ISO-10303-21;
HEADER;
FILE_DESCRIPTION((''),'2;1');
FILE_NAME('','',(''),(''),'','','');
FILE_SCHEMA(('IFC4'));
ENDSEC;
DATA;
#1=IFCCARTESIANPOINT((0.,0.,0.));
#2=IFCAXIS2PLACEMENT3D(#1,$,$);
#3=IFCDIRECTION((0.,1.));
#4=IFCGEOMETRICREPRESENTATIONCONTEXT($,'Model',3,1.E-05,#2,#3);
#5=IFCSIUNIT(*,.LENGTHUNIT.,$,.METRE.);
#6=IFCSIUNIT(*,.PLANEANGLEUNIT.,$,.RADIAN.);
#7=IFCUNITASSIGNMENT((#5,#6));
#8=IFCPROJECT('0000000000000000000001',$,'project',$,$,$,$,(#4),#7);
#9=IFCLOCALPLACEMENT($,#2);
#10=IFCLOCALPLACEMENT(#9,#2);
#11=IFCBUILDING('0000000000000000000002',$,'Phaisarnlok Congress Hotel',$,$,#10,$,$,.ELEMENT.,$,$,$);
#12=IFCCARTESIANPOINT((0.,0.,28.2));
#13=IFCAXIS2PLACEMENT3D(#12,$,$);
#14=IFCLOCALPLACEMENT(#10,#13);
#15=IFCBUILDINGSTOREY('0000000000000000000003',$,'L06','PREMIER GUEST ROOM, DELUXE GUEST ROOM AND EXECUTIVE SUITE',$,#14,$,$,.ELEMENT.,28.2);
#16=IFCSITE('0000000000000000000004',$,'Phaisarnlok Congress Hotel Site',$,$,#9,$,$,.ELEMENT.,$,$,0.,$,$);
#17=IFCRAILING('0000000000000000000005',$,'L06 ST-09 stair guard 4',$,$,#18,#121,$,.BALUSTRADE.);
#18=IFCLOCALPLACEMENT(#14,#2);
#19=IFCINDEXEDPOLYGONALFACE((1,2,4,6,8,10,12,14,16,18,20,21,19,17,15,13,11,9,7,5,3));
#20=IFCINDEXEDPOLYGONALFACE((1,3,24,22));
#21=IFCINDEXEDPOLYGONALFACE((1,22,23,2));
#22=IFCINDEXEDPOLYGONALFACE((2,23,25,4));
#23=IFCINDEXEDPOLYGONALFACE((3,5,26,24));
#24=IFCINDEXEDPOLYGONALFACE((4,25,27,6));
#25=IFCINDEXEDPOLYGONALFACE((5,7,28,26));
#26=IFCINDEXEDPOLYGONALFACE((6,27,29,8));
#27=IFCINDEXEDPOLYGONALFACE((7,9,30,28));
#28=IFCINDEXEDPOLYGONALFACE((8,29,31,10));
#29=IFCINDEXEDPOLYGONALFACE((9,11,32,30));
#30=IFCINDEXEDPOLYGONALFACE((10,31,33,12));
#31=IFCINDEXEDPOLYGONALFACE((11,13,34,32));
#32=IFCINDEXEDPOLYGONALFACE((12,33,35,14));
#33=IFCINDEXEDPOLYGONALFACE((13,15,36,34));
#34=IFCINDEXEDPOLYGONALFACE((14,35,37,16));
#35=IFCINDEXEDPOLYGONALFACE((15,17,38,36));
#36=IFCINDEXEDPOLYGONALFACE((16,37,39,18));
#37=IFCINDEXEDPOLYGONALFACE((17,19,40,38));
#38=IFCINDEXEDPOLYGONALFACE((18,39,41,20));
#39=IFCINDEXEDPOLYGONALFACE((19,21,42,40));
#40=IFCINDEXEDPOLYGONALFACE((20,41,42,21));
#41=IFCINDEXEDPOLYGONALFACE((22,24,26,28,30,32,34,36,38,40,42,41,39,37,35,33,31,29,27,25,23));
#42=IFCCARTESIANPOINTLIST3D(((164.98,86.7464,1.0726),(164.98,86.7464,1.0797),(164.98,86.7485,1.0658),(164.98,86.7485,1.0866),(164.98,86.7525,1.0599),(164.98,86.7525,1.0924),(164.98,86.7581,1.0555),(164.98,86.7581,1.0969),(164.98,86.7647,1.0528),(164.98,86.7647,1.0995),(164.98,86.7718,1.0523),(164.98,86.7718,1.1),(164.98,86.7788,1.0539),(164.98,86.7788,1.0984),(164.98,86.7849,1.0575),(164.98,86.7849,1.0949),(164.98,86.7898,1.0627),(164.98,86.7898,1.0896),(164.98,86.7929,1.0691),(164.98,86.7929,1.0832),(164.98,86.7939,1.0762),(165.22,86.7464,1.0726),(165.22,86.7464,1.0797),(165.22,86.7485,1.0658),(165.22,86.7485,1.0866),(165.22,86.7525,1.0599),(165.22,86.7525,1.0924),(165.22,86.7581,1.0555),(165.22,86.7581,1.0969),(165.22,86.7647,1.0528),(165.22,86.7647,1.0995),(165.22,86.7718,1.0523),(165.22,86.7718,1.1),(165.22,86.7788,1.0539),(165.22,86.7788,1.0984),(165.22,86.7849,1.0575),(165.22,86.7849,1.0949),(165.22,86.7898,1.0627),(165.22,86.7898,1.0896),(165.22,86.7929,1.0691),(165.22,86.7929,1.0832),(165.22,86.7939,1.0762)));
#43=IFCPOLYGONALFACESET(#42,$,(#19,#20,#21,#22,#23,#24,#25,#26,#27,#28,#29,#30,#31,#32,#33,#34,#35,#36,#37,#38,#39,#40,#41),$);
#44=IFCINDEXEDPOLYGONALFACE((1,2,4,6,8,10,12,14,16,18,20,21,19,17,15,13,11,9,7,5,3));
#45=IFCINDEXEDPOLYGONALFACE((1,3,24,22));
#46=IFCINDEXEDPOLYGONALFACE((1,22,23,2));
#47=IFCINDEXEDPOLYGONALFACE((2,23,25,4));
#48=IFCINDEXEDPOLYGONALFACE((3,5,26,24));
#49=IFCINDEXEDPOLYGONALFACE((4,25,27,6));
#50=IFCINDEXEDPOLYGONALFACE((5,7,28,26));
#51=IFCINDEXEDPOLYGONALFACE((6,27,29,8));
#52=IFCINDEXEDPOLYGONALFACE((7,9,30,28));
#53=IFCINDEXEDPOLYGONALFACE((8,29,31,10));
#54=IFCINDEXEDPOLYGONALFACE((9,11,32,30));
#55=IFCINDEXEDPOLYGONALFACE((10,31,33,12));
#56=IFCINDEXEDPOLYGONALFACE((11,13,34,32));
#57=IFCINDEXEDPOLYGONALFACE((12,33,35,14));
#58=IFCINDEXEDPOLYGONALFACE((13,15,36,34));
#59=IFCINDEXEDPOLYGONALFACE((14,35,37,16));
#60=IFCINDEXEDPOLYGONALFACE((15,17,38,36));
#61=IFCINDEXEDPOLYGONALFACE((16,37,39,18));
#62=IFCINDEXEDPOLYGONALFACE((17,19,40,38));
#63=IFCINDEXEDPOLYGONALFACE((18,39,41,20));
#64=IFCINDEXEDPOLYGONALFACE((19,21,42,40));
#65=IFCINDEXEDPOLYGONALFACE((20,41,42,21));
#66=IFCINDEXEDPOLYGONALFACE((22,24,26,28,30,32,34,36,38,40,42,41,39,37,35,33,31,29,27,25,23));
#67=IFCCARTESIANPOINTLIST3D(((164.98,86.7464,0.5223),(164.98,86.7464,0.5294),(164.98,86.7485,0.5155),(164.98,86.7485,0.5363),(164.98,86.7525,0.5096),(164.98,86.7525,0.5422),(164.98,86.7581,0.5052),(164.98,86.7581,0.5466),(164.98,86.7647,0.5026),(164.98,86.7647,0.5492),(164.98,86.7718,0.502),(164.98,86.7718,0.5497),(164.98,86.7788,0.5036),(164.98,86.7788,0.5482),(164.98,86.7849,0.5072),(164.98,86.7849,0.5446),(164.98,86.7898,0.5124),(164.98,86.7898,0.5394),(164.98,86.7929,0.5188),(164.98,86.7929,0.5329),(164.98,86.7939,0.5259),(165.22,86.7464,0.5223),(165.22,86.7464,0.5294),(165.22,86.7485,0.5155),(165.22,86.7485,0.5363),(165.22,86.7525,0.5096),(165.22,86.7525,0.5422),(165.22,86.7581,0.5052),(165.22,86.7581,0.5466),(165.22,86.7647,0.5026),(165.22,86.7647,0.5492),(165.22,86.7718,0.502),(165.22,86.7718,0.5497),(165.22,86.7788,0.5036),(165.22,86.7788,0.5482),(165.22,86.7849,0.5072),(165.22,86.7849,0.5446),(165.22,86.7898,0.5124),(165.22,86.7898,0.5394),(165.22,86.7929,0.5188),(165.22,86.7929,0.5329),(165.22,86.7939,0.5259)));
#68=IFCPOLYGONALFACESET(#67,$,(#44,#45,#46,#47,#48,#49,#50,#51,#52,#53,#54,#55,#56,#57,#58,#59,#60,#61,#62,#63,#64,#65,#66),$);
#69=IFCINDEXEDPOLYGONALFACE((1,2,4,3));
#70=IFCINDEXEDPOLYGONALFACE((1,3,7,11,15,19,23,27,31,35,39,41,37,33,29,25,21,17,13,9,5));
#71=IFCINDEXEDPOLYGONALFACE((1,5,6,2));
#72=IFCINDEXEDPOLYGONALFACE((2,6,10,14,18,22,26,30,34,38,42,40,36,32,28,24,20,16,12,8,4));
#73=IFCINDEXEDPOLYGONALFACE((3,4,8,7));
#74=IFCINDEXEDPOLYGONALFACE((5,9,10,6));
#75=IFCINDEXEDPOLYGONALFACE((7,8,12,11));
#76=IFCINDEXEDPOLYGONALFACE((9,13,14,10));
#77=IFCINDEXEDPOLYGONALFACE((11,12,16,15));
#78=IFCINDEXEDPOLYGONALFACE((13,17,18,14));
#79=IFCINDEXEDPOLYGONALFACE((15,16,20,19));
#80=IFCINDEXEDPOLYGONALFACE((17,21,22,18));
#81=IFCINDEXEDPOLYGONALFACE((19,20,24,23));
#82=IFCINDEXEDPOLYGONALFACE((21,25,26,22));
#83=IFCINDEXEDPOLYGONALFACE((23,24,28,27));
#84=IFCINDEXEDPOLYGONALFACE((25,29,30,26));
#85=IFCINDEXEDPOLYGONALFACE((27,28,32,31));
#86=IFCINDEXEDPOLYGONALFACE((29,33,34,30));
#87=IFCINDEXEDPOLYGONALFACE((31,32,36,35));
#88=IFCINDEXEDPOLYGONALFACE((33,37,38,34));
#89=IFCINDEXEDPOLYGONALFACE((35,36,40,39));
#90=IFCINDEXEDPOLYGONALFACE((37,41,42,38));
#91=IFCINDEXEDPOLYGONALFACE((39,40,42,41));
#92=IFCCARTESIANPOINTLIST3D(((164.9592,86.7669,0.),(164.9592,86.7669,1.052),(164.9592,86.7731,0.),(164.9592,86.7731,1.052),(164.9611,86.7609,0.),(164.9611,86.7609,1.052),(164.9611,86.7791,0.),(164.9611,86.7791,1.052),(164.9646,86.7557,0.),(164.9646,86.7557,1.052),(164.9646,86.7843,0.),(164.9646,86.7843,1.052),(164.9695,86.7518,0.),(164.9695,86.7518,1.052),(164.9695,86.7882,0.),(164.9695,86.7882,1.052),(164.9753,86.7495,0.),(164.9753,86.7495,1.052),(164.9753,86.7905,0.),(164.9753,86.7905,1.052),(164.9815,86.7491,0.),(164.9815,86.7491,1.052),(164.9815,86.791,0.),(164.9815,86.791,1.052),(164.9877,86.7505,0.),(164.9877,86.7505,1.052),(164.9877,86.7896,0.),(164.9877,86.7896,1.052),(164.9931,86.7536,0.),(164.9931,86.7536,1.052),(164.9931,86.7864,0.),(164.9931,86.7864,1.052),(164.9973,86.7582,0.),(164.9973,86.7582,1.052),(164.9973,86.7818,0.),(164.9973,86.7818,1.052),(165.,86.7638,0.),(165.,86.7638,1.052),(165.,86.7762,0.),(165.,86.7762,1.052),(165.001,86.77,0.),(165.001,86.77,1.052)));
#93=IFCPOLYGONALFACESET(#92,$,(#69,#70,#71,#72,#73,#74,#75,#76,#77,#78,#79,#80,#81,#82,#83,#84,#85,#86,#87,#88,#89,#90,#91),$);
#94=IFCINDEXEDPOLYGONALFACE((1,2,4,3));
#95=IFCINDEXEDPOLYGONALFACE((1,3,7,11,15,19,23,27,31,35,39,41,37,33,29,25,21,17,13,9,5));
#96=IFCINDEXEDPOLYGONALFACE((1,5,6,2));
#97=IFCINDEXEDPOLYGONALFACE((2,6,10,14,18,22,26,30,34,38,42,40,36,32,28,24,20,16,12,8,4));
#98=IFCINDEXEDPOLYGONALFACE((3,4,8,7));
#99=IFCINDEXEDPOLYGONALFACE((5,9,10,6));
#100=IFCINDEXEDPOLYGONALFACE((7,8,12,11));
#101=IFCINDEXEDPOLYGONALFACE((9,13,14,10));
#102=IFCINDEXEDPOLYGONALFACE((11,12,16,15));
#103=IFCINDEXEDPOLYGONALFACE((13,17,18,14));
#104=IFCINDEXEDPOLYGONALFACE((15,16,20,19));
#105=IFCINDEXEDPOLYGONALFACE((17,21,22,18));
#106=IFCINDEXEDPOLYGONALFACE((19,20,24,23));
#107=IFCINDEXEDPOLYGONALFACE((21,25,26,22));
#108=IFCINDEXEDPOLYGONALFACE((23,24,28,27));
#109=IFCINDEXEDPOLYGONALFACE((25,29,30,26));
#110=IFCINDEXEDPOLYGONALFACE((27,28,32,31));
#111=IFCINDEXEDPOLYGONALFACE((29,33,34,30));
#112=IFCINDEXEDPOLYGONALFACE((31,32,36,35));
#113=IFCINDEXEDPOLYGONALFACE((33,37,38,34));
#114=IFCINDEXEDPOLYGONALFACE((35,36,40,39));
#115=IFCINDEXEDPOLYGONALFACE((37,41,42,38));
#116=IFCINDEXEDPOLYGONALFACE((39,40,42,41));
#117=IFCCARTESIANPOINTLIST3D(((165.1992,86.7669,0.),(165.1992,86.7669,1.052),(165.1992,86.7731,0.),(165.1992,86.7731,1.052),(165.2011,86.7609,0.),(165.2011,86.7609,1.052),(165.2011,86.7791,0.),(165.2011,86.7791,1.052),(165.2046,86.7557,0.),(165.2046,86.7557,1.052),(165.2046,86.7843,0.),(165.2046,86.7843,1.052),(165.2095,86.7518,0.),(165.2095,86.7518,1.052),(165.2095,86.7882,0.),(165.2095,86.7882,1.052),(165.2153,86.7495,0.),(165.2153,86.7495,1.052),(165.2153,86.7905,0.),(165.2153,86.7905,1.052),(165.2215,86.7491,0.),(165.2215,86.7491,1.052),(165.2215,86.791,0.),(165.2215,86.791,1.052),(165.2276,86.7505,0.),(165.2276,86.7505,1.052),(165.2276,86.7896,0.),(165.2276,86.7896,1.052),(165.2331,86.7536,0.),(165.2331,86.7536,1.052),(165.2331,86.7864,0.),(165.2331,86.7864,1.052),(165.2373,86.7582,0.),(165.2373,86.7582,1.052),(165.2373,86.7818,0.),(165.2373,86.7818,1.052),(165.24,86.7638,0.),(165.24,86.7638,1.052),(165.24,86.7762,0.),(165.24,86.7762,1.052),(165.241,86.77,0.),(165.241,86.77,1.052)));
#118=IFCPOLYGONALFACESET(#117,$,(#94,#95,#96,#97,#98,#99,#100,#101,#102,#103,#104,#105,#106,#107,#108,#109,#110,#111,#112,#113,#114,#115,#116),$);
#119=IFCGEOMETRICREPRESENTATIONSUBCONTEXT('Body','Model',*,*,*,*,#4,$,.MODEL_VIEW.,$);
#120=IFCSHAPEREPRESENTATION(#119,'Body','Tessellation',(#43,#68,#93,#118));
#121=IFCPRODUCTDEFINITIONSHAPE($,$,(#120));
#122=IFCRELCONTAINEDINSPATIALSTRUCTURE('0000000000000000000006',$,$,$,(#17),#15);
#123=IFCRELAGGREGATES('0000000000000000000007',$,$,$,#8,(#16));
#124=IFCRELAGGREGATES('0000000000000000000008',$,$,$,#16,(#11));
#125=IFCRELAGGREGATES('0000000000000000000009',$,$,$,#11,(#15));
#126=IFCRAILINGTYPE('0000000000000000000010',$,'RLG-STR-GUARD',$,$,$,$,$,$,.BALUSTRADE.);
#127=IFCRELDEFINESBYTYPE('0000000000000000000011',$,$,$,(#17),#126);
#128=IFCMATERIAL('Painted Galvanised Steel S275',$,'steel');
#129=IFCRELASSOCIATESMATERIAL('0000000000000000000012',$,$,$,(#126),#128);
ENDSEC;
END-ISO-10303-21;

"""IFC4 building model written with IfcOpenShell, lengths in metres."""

from ifc_helpers import new_model, si_unit, direction, frame, origin, origin_2d, place, context, subcontext, project, spatial, circle, extrude, material, type_object, element, save


model = new_model("IFC4")

# Units and contexts
model_context = context("Model", 3, precision=1e-05, world=origin(), true_north=direction((0.0, 1.0)))
body_context = subcontext(model_context, "Body", "Model", "MODEL_VIEW")
ifc_project = project(units=[si_unit("LENGTHUNIT", "METRE"), si_unit("PLANEANGLEUNIT", "RADIAN")], contexts=[model_context])

# Site, building, storey
site_placement = place(None, origin())
site = spatial("IfcSite", under=ifc_project, at=site_placement, Name="Phaisarnlok Congress Hotel Site", CompositionType="ELEMENT", RefElevation=0.0)
building_placement = place(site_placement, origin())
building = spatial("IfcBuilding", under=site, at=building_placement, Name="Phaisarnlok Congress Hotel", CompositionType="ELEMENT")
storey_placement = place(building_placement, frame((0.0, 0.0, 28.2)))
storey = spatial("IfcBuildingStorey", under=building, at=storey_placement, Name="L06", Description="PREMIER GUEST ROOM, DELUXE GUEST ROOM AND EXECUTIVE SUITE", CompositionType="ELEMENT", Elevation=28.2)

# Railing
ifc_material_1 = material(Name="Painted Galvanised Steel S275", Category="steel")
railing_type = type_object("IfcRailingType", Name="RLG-STR-GUARD", PredefinedType="BALUSTRADE", material=ifc_material_1)
railing_1_placement = place(storey_placement, frame((164.98, 86.77, 0.0)))
element("IfcRailing", 1, at=railing_1_placement, inside=storey, type_object=railing_type, Name="L06 ST-09 stair guard 4", PredefinedType="BALUSTRADE", context=body_context, shape_type="SweptSolid", body=[
    extrude(circle(Radius=0.0239, at=origin_2d()), frame((0.0, 0.0, 1.0762), z_axis=(1.0, 0.0, 0.0), x_axis=(0.0, 1.0, 0.0)), (0.0, 0.0, 1.0), 0.24),
    extrude(circle(Radius=0.0239, at=origin_2d()), frame((0.0, 0.0, 0.5259), z_axis=(1.0, 0.0, 0.0), x_axis=(0.0, 1.0, 0.0)), (0.0, 0.0, 1.0), 0.24),
    extrude(circle(Radius=0.021, at=origin_2d()), origin(), (0.0, 0.0, 1.0), 1.052),
    extrude(circle(Radius=0.021, at=origin_2d()), frame((0.24, 0.0, 0.0)), (0.0, 0.0, 1.0), 1.052),
])

save(model, "model.ifc")
